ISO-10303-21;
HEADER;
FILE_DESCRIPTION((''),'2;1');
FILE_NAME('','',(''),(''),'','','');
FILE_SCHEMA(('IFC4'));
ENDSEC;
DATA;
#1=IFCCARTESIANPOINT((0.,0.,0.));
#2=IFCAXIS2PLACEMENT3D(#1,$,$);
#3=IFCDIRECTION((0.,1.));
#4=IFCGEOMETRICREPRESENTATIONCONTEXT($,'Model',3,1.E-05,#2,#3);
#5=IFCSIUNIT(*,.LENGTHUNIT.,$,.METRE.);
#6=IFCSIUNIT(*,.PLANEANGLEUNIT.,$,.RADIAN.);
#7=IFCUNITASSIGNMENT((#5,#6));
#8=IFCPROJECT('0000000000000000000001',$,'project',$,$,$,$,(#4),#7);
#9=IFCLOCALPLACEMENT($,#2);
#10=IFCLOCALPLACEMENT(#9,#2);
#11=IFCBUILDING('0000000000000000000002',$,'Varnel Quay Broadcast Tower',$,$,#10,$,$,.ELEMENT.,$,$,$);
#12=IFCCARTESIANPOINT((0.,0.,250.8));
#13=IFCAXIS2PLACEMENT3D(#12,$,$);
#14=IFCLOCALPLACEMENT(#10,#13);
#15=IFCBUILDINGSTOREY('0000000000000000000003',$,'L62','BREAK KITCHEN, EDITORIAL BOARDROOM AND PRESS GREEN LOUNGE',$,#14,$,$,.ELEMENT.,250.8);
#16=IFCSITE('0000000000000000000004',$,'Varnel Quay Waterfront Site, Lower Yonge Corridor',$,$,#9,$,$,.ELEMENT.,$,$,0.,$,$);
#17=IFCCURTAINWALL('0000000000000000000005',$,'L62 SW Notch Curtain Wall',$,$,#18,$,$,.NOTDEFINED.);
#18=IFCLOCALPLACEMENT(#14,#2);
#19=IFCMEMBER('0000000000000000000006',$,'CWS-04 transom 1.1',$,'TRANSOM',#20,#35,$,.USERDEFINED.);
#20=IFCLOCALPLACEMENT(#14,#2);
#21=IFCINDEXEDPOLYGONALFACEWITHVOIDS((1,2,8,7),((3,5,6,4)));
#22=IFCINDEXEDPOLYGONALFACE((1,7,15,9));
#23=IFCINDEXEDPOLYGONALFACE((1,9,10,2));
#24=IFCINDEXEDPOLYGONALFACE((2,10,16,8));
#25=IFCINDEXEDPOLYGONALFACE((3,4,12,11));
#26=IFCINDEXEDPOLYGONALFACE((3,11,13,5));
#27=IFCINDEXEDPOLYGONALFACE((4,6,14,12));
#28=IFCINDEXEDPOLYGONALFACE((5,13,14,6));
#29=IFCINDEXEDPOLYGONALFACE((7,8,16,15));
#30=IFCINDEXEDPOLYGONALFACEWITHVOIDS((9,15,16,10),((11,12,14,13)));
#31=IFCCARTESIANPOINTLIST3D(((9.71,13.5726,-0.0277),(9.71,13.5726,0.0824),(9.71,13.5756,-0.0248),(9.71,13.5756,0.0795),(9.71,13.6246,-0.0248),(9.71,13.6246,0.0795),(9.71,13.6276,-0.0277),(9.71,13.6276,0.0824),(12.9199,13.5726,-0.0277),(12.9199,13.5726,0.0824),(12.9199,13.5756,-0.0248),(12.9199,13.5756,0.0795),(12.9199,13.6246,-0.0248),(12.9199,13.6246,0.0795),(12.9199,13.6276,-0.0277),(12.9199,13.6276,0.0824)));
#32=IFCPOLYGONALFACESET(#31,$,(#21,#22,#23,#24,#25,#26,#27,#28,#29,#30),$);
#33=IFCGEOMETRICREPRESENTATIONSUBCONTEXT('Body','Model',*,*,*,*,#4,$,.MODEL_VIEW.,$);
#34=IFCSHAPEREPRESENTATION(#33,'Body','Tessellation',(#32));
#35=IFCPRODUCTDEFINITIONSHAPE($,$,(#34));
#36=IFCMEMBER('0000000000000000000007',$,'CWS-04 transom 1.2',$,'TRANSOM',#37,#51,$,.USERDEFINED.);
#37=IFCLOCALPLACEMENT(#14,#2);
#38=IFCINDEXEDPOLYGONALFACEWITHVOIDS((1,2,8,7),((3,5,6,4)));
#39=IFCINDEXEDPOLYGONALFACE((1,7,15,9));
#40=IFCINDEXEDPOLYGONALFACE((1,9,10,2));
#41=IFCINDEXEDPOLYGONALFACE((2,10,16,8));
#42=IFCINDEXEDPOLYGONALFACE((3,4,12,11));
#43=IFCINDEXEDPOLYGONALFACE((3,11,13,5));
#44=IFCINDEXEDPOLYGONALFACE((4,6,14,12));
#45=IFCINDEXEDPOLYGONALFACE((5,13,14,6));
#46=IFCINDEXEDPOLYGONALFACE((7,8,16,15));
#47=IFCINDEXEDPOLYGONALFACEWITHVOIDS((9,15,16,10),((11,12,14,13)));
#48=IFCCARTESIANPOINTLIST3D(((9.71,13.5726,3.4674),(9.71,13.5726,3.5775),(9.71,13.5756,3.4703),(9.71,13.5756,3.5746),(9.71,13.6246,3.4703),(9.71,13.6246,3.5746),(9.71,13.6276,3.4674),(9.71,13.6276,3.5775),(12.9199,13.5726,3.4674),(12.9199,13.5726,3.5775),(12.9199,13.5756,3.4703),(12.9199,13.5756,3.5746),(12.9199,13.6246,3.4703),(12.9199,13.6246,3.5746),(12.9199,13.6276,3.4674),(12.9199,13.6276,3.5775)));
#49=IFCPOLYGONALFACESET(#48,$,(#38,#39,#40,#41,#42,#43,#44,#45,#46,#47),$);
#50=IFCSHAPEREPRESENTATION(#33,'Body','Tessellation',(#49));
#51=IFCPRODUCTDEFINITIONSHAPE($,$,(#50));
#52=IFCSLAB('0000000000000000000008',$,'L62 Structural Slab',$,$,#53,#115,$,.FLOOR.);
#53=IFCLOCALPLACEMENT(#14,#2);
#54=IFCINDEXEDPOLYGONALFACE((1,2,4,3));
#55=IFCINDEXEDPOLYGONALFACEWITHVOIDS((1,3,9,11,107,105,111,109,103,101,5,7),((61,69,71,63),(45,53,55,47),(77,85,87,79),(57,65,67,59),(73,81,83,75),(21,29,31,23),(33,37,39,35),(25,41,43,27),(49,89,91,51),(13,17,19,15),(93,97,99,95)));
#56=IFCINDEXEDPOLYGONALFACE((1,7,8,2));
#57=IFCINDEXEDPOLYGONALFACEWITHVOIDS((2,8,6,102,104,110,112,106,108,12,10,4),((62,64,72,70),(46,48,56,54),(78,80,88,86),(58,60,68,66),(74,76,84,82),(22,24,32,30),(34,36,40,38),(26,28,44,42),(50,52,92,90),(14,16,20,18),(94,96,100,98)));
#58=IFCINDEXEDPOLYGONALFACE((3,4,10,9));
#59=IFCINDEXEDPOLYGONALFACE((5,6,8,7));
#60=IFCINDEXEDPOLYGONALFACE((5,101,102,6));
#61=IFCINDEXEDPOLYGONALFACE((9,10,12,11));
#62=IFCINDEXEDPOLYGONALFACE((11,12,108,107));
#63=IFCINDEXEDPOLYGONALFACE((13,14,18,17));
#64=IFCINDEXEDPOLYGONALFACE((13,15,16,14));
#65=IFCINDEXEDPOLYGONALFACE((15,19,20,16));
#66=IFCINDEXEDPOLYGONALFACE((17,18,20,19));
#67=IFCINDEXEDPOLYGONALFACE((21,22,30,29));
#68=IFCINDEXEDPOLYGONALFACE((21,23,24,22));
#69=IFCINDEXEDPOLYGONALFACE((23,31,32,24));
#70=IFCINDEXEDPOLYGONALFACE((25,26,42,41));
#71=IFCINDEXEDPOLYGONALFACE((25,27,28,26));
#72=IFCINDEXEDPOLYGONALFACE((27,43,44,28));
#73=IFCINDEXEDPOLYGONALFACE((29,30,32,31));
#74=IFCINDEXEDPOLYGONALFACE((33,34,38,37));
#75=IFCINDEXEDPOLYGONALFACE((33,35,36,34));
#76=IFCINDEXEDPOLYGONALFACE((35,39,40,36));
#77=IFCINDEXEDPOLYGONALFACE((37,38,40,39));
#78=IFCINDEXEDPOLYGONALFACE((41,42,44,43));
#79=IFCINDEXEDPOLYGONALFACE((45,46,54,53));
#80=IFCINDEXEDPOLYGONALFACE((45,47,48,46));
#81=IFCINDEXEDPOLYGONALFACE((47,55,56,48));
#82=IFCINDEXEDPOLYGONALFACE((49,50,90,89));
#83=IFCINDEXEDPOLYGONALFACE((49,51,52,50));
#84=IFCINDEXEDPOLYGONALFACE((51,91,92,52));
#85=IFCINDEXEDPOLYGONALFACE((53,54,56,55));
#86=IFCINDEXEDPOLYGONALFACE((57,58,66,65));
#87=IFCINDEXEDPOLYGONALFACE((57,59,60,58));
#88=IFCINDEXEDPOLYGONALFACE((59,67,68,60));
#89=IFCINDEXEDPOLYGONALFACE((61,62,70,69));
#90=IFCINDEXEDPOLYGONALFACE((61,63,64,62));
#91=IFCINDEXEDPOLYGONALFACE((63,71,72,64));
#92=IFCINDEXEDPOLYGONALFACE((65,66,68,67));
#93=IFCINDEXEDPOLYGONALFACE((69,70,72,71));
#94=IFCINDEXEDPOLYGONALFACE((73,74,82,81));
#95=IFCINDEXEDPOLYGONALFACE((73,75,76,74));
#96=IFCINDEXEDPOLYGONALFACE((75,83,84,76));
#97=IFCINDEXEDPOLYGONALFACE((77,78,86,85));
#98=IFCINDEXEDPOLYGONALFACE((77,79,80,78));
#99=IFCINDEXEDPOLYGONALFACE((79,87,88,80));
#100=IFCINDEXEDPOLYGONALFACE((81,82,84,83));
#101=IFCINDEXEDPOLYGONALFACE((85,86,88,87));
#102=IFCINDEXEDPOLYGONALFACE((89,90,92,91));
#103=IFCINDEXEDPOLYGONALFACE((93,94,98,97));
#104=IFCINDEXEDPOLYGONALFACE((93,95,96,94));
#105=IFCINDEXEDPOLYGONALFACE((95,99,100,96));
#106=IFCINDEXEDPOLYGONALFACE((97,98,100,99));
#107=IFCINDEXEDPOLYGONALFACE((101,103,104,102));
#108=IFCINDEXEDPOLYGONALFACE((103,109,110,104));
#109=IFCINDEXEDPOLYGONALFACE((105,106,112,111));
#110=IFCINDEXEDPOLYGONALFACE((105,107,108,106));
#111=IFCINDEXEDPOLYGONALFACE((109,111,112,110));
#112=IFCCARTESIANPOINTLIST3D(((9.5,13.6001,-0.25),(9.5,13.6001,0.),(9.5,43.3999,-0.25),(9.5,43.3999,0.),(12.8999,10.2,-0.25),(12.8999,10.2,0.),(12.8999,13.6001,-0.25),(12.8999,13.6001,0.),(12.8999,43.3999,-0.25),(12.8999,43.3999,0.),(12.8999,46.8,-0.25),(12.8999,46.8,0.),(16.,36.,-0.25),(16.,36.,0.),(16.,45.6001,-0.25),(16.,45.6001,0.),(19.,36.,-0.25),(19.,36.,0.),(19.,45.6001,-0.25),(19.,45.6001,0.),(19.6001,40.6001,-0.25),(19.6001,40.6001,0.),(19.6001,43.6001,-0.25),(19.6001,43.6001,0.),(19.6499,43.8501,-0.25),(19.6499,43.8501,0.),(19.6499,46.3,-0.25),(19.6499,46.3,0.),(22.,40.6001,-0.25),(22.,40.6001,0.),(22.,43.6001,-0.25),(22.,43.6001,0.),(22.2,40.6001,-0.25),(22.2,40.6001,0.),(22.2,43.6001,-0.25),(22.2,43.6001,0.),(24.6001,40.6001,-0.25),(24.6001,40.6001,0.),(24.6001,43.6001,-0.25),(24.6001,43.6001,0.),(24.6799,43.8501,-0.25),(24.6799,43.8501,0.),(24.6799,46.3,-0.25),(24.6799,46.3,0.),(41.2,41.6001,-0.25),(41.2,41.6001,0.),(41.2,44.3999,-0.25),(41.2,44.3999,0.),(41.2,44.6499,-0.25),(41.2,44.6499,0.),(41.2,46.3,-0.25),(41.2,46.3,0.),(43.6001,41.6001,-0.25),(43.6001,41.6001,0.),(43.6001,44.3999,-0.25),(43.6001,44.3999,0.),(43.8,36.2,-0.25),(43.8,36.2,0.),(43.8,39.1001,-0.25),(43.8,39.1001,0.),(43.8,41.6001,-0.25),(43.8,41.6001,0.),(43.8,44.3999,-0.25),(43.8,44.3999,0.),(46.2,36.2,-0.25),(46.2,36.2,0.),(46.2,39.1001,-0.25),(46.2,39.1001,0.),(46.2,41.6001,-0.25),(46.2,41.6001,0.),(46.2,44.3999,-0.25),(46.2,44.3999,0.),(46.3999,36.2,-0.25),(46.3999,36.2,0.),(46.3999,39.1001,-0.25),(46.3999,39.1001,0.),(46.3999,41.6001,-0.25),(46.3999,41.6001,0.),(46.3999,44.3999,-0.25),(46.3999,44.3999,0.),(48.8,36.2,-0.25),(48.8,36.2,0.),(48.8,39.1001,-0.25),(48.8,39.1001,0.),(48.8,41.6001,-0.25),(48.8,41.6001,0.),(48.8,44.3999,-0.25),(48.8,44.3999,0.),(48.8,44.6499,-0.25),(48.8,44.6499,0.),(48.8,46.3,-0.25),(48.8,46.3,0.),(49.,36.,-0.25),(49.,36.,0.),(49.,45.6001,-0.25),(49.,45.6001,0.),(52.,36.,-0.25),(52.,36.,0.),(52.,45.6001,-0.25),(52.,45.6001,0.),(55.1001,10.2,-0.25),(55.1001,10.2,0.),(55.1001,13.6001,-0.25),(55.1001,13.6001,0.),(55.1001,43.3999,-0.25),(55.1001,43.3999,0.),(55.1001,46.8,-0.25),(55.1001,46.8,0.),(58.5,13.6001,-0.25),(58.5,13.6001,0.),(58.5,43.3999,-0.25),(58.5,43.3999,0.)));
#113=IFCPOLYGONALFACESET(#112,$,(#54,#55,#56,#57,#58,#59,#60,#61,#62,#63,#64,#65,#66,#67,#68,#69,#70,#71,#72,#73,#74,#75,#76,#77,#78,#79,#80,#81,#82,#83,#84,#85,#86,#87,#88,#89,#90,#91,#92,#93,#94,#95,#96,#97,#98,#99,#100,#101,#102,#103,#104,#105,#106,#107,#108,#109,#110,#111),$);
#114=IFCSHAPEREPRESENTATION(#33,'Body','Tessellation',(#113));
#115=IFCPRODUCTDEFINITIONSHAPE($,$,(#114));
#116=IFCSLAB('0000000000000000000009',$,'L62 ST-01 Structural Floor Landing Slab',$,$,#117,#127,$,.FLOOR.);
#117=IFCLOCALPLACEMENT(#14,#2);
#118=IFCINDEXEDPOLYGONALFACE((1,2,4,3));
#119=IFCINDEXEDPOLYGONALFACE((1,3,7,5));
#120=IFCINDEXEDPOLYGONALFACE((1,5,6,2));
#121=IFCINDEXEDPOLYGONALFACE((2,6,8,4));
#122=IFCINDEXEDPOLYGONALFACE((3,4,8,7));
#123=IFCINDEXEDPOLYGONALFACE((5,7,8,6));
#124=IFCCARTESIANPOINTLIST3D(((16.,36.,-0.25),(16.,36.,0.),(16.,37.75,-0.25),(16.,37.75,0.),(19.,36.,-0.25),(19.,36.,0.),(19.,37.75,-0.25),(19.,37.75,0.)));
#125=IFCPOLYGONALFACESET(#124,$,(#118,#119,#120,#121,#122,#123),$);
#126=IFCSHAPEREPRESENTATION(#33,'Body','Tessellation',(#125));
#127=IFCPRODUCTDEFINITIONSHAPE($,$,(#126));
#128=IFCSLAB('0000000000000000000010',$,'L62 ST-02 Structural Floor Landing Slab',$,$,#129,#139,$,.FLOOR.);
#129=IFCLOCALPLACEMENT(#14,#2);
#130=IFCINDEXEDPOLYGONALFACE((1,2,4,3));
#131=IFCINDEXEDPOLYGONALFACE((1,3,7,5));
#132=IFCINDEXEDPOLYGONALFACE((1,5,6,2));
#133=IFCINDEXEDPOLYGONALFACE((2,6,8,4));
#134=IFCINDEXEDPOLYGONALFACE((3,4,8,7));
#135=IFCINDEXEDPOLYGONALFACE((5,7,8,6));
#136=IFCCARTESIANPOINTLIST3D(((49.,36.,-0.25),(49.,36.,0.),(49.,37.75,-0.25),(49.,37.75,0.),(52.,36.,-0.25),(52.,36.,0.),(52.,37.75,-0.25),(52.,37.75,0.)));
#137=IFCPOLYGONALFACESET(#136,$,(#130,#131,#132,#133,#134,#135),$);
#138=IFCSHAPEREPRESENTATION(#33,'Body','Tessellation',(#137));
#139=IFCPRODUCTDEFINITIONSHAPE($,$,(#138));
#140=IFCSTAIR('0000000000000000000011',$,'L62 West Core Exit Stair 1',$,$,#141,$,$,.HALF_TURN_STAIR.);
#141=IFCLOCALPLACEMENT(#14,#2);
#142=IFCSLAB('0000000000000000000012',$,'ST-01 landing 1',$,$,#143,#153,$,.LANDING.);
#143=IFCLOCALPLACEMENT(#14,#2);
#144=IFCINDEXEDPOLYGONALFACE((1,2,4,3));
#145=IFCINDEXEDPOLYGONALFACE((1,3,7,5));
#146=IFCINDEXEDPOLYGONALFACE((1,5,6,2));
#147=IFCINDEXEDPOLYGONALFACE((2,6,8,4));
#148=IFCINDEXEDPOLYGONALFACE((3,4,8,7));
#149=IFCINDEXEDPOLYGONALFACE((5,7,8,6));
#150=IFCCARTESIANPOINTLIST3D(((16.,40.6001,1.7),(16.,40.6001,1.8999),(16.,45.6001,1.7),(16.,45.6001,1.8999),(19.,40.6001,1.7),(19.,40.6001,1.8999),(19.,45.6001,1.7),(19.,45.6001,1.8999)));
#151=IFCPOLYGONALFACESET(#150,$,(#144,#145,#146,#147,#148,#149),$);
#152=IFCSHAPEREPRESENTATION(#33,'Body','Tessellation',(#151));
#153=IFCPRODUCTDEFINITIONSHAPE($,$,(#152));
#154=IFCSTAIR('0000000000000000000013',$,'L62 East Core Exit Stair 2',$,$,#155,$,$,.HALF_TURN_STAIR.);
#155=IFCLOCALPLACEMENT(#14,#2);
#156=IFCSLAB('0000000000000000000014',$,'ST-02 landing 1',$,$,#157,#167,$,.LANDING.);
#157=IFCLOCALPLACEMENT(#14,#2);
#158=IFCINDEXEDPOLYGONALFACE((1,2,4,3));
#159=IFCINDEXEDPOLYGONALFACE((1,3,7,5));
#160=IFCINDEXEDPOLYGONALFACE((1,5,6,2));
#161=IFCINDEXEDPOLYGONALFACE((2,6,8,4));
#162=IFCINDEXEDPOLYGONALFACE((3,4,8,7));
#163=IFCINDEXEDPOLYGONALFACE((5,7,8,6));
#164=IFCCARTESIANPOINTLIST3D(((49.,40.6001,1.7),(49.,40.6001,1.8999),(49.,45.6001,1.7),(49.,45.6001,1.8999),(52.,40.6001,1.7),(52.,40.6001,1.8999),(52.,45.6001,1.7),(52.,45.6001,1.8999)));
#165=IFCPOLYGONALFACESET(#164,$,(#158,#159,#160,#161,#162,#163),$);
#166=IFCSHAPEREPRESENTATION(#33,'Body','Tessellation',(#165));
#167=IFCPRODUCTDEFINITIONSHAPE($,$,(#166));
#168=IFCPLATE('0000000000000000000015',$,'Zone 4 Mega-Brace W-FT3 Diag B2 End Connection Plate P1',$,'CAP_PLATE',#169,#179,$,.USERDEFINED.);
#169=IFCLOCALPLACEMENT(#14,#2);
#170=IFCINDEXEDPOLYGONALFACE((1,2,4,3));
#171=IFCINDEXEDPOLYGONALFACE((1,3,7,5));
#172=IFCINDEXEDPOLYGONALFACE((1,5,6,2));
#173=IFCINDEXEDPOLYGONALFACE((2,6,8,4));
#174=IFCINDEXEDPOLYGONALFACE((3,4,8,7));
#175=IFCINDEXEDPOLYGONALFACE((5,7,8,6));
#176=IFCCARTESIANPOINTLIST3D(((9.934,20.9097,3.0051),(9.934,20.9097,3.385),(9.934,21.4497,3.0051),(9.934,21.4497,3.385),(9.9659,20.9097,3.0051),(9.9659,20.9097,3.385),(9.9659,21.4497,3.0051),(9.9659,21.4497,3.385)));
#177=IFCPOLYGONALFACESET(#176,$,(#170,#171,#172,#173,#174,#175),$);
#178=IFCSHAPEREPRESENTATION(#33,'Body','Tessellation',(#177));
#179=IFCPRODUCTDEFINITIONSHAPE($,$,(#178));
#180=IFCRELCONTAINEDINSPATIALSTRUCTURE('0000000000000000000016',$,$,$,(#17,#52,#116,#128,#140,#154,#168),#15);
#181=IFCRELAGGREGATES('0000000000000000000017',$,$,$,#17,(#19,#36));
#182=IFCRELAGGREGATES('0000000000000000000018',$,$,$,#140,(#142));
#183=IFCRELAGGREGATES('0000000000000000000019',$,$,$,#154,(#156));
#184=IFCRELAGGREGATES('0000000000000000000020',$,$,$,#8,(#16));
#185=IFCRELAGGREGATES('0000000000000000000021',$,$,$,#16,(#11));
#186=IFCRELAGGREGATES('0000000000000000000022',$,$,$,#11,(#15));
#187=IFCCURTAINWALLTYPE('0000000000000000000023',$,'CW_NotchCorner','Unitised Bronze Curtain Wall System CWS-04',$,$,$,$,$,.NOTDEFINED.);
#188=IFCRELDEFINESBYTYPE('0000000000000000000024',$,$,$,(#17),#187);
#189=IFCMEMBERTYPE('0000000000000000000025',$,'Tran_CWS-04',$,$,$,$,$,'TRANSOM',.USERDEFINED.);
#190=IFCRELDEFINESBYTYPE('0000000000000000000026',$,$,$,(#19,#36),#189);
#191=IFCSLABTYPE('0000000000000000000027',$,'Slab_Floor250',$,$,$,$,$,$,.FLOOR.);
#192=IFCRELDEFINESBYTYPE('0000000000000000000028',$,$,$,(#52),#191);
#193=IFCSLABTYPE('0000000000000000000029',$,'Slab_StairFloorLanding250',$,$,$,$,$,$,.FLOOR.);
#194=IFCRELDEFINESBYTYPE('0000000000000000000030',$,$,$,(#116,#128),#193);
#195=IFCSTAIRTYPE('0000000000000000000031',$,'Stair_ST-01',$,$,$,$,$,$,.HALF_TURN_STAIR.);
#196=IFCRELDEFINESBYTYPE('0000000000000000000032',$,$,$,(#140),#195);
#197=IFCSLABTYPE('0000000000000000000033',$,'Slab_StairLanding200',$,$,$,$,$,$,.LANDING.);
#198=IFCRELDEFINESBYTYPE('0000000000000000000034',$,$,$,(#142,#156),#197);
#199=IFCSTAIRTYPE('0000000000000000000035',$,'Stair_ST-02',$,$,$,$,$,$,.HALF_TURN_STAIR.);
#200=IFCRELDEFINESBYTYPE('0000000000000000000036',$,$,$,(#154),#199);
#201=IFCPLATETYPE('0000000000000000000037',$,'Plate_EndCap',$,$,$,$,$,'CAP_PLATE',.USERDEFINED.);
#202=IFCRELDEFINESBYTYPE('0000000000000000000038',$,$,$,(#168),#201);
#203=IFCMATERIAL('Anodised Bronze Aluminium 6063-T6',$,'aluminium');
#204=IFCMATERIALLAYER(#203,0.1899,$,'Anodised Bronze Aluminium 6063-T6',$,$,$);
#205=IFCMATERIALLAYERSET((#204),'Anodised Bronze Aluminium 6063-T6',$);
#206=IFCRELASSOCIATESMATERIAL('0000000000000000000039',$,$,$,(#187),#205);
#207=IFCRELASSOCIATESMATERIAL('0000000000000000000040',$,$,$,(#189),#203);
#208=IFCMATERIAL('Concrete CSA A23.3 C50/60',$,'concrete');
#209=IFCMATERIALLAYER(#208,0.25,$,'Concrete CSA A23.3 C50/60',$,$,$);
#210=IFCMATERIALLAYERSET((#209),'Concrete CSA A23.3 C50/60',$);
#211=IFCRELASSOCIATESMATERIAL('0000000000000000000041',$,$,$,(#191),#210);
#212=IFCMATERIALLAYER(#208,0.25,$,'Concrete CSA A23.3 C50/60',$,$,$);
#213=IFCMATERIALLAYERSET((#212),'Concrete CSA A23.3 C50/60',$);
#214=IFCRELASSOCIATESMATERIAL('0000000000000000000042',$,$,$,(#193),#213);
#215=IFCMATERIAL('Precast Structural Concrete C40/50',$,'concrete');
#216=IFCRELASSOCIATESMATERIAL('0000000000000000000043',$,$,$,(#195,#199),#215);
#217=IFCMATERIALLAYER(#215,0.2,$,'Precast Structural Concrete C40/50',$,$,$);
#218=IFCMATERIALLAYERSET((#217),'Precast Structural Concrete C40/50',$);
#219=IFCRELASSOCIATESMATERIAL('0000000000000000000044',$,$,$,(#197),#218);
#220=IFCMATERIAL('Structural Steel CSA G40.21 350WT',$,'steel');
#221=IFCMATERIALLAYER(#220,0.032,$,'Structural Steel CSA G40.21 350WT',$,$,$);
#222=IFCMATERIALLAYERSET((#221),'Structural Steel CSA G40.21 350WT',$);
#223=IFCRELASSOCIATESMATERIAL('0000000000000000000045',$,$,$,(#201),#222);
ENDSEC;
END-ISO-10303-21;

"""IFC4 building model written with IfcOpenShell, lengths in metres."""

from ifc_helpers import new_model, si_unit, direction, frame, origin, origin_2d, place, context, subcontext, project, spatial, polyline, rectangle, hollow_rectangle, outline, extrude, source, transform, mapped, material, layer, layer_set, material_profile, profile_set, type_object, type_shapes, element, aggregate, save


model = new_model("IFC4")

# Units and contexts
model_context = context("Model", 3, precision=1e-05, world=origin(), true_north=direction((0.0, 1.0)))
body_context = subcontext(model_context, "Body", "Model", "MODEL_VIEW")
ifc_project = project(units=[si_unit("LENGTHUNIT", "METRE"), si_unit("PLANEANGLEUNIT", "RADIAN")], contexts=[model_context])

# Site, building, storey
site_placement = place(None, origin())
site = spatial("IfcSite", under=ifc_project, at=site_placement, Name="Varnel Quay Waterfront Site, Lower Yonge Corridor", CompositionType="ELEMENT", RefElevation=0.0)
building_placement = place(site_placement, origin())
building = spatial("IfcBuilding", under=site, at=building_placement, Name="Varnel Quay Broadcast Tower", CompositionType="ELEMENT")
storey_placement = place(building_placement, frame((0.0, 0.0, 250.8)))
storey = spatial("IfcBuildingStorey", under=building, at=storey_placement, Name="L62", Description="BREAK KITCHEN, EDITORIAL BOARDROOM AND PRESS GREEN LOUNGE", CompositionType="ELEMENT", Elevation=250.8)

# Curtain wall
ifc_material_1 = material(Name="Anodised Bronze Aluminium 6063-T6", Category="aluminium")
ifc_layer_1 = layer(ifc_material_1, 0.1899, Name="Anodised Bronze Aluminium 6063-T6")
ifc_layer_set_1 = layer_set([ifc_layer_1], Name="Anodised Bronze Aluminium 6063-T6")
curtain_wall_type_1 = type_object("IfcCurtainWallType", Name="CW_NotchCorner", Description="Unitised Bronze Curtain Wall System CWS-04", PredefinedType="NOTDEFINED", material=ifc_layer_set_1)
curtain_wall_1_placement = place(storey_placement, origin())
curtain_wall_1 = element("IfcCurtainWall", 1, at=curtain_wall_1_placement, inside=storey, type_object=curtain_wall_type_1, Name="L62 SW Notch Curtain Wall", PredefinedType="NOTDEFINED")

# Members
ifc_material_profile_1 = material_profile(ifc_material_1, hollow_rectangle(XDim=0.0549, YDim=0.1101, WallThickness=0.0029, at=origin_2d()), Name="ALU55X110X3")
ifc_profile_set_1 = profile_set([ifc_material_profile_1], Name="Anodised Bronze Aluminium 6063-T6")
member_type_1 = type_object("IfcMemberType", Name="Tran_CWS-04", ElementType="TRANSOM", PredefinedType="USERDEFINED", material=ifc_profile_set_1)
shared_shape_1 = source(origin(), body_context, "Body", "SweptSolid", [
    extrude(hollow_rectangle(XDim=0.0549, YDim=0.1101, WallThickness=0.0029, at=origin_2d()), origin(), (0.0, 0.0, 1.0), 3.21),
])
type_shapes(member_type_1, [shared_shape_1])
member_1_placement = place(storey_placement, frame((9.71, 13.6001, 0.0273), z_axis=(1.0, 0.0, 0.0), x_axis=(0.0, 1.0, 0.0)))
member_1 = element("IfcMember", 2, at=member_1_placement, type_object=member_type_1, Name="CWS-04 transom 1.1", ObjectType="TRANSOM", PredefinedType="USERDEFINED", context=body_context, shape_type="MappedRepresentation", body=[
    mapped(shared_shape_1, transform((0.0, 0.0, 0.0), x_axis=(1.0, 0.0, 0.0), y_axis=(0.0, 1.0, 0.0), z_axis=(0.0, 0.0, 1.0), scale=1.0)),
])
member_2_placement = place(storey_placement, frame((9.71, 13.6001, 3.5225), z_axis=(1.0, 0.0, 0.0), x_axis=(0.0, 1.0, 0.0)))
member_2 = element("IfcMember", 3, at=member_2_placement, type_object=member_type_1, Name="CWS-04 transom 1.2", ObjectType="TRANSOM", PredefinedType="USERDEFINED", context=body_context, shape_type="MappedRepresentation", body=[
    mapped(shared_shape_1, transform((0.0, 0.0, 0.0), x_axis=(1.0, 0.0, 0.0), y_axis=(0.0, 1.0, 0.0), z_axis=(0.0, 0.0, 1.0), scale=1.0)),
])
aggregate(curtain_wall_1, [member_1, member_2])

# Slabs
ifc_material_2 = material(Name="Concrete CSA A23.3 C50/60", Category="concrete")
ifc_layer_2 = layer(ifc_material_2, 0.25, Name="Concrete CSA A23.3 C50/60")
ifc_layer_set_2 = layer_set([ifc_layer_2], Name="Concrete CSA A23.3 C50/60")
slab_type_1 = type_object("IfcSlabType", Name="Slab_Floor250", PredefinedType="FLOOR", material=ifc_layer_set_2)
slab_1_placement = place(storey_placement, frame((0.0, 0.0, -0.25)))
element("IfcSlab", 4, at=slab_1_placement, inside=storey, type_object=slab_type_1, Name="L62 Structural Slab", PredefinedType="FLOOR", context=body_context, shape_type="SweptSolid", body=[
    extrude(outline(polyline([(12.8999, 10.2), (55.1001, 10.2), (55.1001, 13.6001), (58.5, 13.6001), (58.5, 43.3999), (55.1001, 43.3999), (55.1001, 46.8), (12.8999, 46.8), (12.8999, 43.3999), (9.5, 43.3999), (9.5, 13.6001), (12.8999, 13.6001), (12.8999, 10.2)]), holes=[polyline([(19.0, 36.0), (16.0, 36.0), (16.0, 45.6001), (19.0, 45.6001), (19.0, 36.0)]), polyline([(19.6001, 40.6001), (19.6001, 43.6001), (22.0, 43.6001), (22.0, 40.6001), (19.6001, 40.6001)]), polyline([(22.2, 40.6001), (22.2, 43.6001), (24.6001, 43.6001), (24.6001, 40.6001), (22.2, 40.6001)]), polyline([(41.2, 44.3999), (43.6001, 44.3999), (43.6001, 41.6001), (41.2, 41.6001), (41.2, 44.3999)]), polyline([(43.8, 44.3999), (46.2, 44.3999), (46.2, 41.6001), (43.8, 41.6001), (43.8, 44.3999)]), polyline([(19.6499, 43.8501), (19.6499, 46.3), (24.6799, 46.3), (24.6799, 43.8501), (19.6499, 43.8501)]), polyline([(43.8, 39.1001), (46.2, 39.1001), (46.2, 36.2), (43.8, 36.2), (43.8, 39.1001)]), polyline([(46.3999, 39.1001), (48.8, 39.1001), (48.8, 36.2), (46.3999, 36.2), (46.3999, 39.1001)]), polyline([(52.0, 36.0), (49.0, 36.0), (49.0, 45.6001), (52.0, 45.6001), (52.0, 36.0)]), polyline([(46.3999, 44.3999), (48.8, 44.3999), (48.8, 41.6001), (46.3999, 41.6001), (46.3999, 44.3999)]), polyline([(41.2, 46.3), (48.8, 46.3), (48.8, 44.6499), (41.2, 44.6499), (41.2, 46.3)])]), origin(), (0.0, 0.0, 1.0), 0.25),
])
ifc_layer_3 = layer(ifc_material_2, 0.25, Name="Concrete CSA A23.3 C50/60")
ifc_layer_set_3 = layer_set([ifc_layer_3], Name="Concrete CSA A23.3 C50/60")
slab_type_2 = type_object("IfcSlabType", Name="Slab_StairFloorLanding250", PredefinedType="FLOOR", material=ifc_layer_set_3)
slab_2_placement = place(storey_placement, frame((0.0, 0.0, -0.25)))
element("IfcSlab", 5, at=slab_2_placement, inside=storey, type_object=slab_type_2, Name="L62 ST-01 Structural Floor Landing Slab", PredefinedType="FLOOR", context=body_context, shape_type="SweptSolid", body=[
    extrude(outline(polyline([(19.0, 36.0), (19.0, 37.75), (16.0, 37.75), (16.0, 36.0), (19.0, 36.0)])), origin(), (0.0, 0.0, 1.0), 0.25),
])
slab_3_placement = place(storey_placement, frame((0.0, 0.0, -0.25)))
element("IfcSlab", 6, at=slab_3_placement, inside=storey, type_object=slab_type_2, Name="L62 ST-02 Structural Floor Landing Slab", PredefinedType="FLOOR", context=body_context, shape_type="SweptSolid", body=[
    extrude(outline(polyline([(52.0, 36.0), (52.0, 37.75), (49.0, 37.75), (49.0, 36.0), (52.0, 36.0)])), origin(), (0.0, 0.0, 1.0), 0.25),
])

# Stairs, slabs
ifc_material_3 = material(Name="Precast Structural Concrete C40/50", Category="concrete")
stair_type_1 = type_object("IfcStairType", Name="Stair_ST-01", PredefinedType="HALF_TURN_STAIR", material=ifc_material_3)
stair_1_placement = place(storey_placement, origin())
stair_1 = element("IfcStair", 7, at=stair_1_placement, inside=storey, type_object=stair_type_1, Name="L62 West Core Exit Stair 1", PredefinedType="HALF_TURN_STAIR")
ifc_layer_4 = layer(ifc_material_3, 0.2, Name="Precast Structural Concrete C40/50")
ifc_layer_set_4 = layer_set([ifc_layer_4], Name="Precast Structural Concrete C40/50")
slab_type_3 = type_object("IfcSlabType", Name="Slab_StairLanding200", PredefinedType="LANDING", material=ifc_layer_set_4)
slab_4_placement = place(storey_placement, frame((0.0, 0.0, 1.7)))
slab_4 = element("IfcSlab", 8, at=slab_4_placement, type_object=slab_type_3, Name="ST-01 landing 1", PredefinedType="LANDING", context=body_context, shape_type="SweptSolid", body=[
    extrude(outline(polyline([(19.0, 40.6001), (19.0, 45.6001), (16.0, 45.6001), (16.0, 40.6001), (19.0, 40.6001)])), origin(), (0.0, 0.0, 1.0), 0.2),
])
aggregate(stair_1, [slab_4])
stair_type_2 = type_object("IfcStairType", Name="Stair_ST-02", PredefinedType="HALF_TURN_STAIR", material=ifc_material_3)
stair_2_placement = place(storey_placement, origin())
stair_2 = element("IfcStair", 9, at=stair_2_placement, inside=storey, type_object=stair_type_2, Name="L62 East Core Exit Stair 2", PredefinedType="HALF_TURN_STAIR")
slab_5_placement = place(storey_placement, frame((0.0, 0.0, 1.7)))
slab_5 = element("IfcSlab", 10, at=slab_5_placement, type_object=slab_type_3, Name="ST-02 landing 1", PredefinedType="LANDING", context=body_context, shape_type="SweptSolid", body=[
    extrude(outline(polyline([(52.0, 40.6001), (52.0, 45.6001), (49.0, 45.6001), (49.0, 40.6001), (52.0, 40.6001)])), origin(), (0.0, 0.0, 1.0), 0.2),
])
aggregate(stair_2, [slab_5])

# Plate
ifc_material_4 = material(Name="Structural Steel CSA G40.21 350WT", Category="steel")
ifc_layer_5 = layer(ifc_material_4, 0.032, Name="Structural Steel CSA G40.21 350WT")
ifc_layer_set_5 = layer_set([ifc_layer_5], Name="Structural Steel CSA G40.21 350WT")
plate_type_1 = type_object("IfcPlateType", Name="Plate_EndCap", ElementType="CAP_PLATE", PredefinedType="USERDEFINED", material=ifc_layer_set_5)
shared_shape_2 = source(origin(), body_context, "Body", "SweptSolid", [
    extrude(rectangle(XDim=0.54, YDim=0.032, at=origin_2d()), origin(), (0.0, 0.0, 1.0), 0.3799),
])
type_shapes(plate_type_1, [shared_shape_2])
plate_1_placement = place(storey_placement, frame((9.95, 21.1797, 3.0051), z_axis=(0.0, 0.0, 1.0), x_axis=(0.0, 1.0, 0.0)))
element("IfcPlate", 11, at=plate_1_placement, inside=storey, type_object=plate_type_1, Name="Zone 4 Mega-Brace W-FT3 Diag B2 End Connection Plate P1", ObjectType="CAP_PLATE", PredefinedType="USERDEFINED", context=body_context, shape_type="MappedRepresentation", body=[
    mapped(shared_shape_2, transform((0.0, 0.0, 0.0), x_axis=(1.0, 0.0, 0.0), y_axis=(0.0, 1.0, 0.0), z_axis=(0.0, 0.0, 1.0), scale=1.0)),
])

save(model, "model.ifc")
